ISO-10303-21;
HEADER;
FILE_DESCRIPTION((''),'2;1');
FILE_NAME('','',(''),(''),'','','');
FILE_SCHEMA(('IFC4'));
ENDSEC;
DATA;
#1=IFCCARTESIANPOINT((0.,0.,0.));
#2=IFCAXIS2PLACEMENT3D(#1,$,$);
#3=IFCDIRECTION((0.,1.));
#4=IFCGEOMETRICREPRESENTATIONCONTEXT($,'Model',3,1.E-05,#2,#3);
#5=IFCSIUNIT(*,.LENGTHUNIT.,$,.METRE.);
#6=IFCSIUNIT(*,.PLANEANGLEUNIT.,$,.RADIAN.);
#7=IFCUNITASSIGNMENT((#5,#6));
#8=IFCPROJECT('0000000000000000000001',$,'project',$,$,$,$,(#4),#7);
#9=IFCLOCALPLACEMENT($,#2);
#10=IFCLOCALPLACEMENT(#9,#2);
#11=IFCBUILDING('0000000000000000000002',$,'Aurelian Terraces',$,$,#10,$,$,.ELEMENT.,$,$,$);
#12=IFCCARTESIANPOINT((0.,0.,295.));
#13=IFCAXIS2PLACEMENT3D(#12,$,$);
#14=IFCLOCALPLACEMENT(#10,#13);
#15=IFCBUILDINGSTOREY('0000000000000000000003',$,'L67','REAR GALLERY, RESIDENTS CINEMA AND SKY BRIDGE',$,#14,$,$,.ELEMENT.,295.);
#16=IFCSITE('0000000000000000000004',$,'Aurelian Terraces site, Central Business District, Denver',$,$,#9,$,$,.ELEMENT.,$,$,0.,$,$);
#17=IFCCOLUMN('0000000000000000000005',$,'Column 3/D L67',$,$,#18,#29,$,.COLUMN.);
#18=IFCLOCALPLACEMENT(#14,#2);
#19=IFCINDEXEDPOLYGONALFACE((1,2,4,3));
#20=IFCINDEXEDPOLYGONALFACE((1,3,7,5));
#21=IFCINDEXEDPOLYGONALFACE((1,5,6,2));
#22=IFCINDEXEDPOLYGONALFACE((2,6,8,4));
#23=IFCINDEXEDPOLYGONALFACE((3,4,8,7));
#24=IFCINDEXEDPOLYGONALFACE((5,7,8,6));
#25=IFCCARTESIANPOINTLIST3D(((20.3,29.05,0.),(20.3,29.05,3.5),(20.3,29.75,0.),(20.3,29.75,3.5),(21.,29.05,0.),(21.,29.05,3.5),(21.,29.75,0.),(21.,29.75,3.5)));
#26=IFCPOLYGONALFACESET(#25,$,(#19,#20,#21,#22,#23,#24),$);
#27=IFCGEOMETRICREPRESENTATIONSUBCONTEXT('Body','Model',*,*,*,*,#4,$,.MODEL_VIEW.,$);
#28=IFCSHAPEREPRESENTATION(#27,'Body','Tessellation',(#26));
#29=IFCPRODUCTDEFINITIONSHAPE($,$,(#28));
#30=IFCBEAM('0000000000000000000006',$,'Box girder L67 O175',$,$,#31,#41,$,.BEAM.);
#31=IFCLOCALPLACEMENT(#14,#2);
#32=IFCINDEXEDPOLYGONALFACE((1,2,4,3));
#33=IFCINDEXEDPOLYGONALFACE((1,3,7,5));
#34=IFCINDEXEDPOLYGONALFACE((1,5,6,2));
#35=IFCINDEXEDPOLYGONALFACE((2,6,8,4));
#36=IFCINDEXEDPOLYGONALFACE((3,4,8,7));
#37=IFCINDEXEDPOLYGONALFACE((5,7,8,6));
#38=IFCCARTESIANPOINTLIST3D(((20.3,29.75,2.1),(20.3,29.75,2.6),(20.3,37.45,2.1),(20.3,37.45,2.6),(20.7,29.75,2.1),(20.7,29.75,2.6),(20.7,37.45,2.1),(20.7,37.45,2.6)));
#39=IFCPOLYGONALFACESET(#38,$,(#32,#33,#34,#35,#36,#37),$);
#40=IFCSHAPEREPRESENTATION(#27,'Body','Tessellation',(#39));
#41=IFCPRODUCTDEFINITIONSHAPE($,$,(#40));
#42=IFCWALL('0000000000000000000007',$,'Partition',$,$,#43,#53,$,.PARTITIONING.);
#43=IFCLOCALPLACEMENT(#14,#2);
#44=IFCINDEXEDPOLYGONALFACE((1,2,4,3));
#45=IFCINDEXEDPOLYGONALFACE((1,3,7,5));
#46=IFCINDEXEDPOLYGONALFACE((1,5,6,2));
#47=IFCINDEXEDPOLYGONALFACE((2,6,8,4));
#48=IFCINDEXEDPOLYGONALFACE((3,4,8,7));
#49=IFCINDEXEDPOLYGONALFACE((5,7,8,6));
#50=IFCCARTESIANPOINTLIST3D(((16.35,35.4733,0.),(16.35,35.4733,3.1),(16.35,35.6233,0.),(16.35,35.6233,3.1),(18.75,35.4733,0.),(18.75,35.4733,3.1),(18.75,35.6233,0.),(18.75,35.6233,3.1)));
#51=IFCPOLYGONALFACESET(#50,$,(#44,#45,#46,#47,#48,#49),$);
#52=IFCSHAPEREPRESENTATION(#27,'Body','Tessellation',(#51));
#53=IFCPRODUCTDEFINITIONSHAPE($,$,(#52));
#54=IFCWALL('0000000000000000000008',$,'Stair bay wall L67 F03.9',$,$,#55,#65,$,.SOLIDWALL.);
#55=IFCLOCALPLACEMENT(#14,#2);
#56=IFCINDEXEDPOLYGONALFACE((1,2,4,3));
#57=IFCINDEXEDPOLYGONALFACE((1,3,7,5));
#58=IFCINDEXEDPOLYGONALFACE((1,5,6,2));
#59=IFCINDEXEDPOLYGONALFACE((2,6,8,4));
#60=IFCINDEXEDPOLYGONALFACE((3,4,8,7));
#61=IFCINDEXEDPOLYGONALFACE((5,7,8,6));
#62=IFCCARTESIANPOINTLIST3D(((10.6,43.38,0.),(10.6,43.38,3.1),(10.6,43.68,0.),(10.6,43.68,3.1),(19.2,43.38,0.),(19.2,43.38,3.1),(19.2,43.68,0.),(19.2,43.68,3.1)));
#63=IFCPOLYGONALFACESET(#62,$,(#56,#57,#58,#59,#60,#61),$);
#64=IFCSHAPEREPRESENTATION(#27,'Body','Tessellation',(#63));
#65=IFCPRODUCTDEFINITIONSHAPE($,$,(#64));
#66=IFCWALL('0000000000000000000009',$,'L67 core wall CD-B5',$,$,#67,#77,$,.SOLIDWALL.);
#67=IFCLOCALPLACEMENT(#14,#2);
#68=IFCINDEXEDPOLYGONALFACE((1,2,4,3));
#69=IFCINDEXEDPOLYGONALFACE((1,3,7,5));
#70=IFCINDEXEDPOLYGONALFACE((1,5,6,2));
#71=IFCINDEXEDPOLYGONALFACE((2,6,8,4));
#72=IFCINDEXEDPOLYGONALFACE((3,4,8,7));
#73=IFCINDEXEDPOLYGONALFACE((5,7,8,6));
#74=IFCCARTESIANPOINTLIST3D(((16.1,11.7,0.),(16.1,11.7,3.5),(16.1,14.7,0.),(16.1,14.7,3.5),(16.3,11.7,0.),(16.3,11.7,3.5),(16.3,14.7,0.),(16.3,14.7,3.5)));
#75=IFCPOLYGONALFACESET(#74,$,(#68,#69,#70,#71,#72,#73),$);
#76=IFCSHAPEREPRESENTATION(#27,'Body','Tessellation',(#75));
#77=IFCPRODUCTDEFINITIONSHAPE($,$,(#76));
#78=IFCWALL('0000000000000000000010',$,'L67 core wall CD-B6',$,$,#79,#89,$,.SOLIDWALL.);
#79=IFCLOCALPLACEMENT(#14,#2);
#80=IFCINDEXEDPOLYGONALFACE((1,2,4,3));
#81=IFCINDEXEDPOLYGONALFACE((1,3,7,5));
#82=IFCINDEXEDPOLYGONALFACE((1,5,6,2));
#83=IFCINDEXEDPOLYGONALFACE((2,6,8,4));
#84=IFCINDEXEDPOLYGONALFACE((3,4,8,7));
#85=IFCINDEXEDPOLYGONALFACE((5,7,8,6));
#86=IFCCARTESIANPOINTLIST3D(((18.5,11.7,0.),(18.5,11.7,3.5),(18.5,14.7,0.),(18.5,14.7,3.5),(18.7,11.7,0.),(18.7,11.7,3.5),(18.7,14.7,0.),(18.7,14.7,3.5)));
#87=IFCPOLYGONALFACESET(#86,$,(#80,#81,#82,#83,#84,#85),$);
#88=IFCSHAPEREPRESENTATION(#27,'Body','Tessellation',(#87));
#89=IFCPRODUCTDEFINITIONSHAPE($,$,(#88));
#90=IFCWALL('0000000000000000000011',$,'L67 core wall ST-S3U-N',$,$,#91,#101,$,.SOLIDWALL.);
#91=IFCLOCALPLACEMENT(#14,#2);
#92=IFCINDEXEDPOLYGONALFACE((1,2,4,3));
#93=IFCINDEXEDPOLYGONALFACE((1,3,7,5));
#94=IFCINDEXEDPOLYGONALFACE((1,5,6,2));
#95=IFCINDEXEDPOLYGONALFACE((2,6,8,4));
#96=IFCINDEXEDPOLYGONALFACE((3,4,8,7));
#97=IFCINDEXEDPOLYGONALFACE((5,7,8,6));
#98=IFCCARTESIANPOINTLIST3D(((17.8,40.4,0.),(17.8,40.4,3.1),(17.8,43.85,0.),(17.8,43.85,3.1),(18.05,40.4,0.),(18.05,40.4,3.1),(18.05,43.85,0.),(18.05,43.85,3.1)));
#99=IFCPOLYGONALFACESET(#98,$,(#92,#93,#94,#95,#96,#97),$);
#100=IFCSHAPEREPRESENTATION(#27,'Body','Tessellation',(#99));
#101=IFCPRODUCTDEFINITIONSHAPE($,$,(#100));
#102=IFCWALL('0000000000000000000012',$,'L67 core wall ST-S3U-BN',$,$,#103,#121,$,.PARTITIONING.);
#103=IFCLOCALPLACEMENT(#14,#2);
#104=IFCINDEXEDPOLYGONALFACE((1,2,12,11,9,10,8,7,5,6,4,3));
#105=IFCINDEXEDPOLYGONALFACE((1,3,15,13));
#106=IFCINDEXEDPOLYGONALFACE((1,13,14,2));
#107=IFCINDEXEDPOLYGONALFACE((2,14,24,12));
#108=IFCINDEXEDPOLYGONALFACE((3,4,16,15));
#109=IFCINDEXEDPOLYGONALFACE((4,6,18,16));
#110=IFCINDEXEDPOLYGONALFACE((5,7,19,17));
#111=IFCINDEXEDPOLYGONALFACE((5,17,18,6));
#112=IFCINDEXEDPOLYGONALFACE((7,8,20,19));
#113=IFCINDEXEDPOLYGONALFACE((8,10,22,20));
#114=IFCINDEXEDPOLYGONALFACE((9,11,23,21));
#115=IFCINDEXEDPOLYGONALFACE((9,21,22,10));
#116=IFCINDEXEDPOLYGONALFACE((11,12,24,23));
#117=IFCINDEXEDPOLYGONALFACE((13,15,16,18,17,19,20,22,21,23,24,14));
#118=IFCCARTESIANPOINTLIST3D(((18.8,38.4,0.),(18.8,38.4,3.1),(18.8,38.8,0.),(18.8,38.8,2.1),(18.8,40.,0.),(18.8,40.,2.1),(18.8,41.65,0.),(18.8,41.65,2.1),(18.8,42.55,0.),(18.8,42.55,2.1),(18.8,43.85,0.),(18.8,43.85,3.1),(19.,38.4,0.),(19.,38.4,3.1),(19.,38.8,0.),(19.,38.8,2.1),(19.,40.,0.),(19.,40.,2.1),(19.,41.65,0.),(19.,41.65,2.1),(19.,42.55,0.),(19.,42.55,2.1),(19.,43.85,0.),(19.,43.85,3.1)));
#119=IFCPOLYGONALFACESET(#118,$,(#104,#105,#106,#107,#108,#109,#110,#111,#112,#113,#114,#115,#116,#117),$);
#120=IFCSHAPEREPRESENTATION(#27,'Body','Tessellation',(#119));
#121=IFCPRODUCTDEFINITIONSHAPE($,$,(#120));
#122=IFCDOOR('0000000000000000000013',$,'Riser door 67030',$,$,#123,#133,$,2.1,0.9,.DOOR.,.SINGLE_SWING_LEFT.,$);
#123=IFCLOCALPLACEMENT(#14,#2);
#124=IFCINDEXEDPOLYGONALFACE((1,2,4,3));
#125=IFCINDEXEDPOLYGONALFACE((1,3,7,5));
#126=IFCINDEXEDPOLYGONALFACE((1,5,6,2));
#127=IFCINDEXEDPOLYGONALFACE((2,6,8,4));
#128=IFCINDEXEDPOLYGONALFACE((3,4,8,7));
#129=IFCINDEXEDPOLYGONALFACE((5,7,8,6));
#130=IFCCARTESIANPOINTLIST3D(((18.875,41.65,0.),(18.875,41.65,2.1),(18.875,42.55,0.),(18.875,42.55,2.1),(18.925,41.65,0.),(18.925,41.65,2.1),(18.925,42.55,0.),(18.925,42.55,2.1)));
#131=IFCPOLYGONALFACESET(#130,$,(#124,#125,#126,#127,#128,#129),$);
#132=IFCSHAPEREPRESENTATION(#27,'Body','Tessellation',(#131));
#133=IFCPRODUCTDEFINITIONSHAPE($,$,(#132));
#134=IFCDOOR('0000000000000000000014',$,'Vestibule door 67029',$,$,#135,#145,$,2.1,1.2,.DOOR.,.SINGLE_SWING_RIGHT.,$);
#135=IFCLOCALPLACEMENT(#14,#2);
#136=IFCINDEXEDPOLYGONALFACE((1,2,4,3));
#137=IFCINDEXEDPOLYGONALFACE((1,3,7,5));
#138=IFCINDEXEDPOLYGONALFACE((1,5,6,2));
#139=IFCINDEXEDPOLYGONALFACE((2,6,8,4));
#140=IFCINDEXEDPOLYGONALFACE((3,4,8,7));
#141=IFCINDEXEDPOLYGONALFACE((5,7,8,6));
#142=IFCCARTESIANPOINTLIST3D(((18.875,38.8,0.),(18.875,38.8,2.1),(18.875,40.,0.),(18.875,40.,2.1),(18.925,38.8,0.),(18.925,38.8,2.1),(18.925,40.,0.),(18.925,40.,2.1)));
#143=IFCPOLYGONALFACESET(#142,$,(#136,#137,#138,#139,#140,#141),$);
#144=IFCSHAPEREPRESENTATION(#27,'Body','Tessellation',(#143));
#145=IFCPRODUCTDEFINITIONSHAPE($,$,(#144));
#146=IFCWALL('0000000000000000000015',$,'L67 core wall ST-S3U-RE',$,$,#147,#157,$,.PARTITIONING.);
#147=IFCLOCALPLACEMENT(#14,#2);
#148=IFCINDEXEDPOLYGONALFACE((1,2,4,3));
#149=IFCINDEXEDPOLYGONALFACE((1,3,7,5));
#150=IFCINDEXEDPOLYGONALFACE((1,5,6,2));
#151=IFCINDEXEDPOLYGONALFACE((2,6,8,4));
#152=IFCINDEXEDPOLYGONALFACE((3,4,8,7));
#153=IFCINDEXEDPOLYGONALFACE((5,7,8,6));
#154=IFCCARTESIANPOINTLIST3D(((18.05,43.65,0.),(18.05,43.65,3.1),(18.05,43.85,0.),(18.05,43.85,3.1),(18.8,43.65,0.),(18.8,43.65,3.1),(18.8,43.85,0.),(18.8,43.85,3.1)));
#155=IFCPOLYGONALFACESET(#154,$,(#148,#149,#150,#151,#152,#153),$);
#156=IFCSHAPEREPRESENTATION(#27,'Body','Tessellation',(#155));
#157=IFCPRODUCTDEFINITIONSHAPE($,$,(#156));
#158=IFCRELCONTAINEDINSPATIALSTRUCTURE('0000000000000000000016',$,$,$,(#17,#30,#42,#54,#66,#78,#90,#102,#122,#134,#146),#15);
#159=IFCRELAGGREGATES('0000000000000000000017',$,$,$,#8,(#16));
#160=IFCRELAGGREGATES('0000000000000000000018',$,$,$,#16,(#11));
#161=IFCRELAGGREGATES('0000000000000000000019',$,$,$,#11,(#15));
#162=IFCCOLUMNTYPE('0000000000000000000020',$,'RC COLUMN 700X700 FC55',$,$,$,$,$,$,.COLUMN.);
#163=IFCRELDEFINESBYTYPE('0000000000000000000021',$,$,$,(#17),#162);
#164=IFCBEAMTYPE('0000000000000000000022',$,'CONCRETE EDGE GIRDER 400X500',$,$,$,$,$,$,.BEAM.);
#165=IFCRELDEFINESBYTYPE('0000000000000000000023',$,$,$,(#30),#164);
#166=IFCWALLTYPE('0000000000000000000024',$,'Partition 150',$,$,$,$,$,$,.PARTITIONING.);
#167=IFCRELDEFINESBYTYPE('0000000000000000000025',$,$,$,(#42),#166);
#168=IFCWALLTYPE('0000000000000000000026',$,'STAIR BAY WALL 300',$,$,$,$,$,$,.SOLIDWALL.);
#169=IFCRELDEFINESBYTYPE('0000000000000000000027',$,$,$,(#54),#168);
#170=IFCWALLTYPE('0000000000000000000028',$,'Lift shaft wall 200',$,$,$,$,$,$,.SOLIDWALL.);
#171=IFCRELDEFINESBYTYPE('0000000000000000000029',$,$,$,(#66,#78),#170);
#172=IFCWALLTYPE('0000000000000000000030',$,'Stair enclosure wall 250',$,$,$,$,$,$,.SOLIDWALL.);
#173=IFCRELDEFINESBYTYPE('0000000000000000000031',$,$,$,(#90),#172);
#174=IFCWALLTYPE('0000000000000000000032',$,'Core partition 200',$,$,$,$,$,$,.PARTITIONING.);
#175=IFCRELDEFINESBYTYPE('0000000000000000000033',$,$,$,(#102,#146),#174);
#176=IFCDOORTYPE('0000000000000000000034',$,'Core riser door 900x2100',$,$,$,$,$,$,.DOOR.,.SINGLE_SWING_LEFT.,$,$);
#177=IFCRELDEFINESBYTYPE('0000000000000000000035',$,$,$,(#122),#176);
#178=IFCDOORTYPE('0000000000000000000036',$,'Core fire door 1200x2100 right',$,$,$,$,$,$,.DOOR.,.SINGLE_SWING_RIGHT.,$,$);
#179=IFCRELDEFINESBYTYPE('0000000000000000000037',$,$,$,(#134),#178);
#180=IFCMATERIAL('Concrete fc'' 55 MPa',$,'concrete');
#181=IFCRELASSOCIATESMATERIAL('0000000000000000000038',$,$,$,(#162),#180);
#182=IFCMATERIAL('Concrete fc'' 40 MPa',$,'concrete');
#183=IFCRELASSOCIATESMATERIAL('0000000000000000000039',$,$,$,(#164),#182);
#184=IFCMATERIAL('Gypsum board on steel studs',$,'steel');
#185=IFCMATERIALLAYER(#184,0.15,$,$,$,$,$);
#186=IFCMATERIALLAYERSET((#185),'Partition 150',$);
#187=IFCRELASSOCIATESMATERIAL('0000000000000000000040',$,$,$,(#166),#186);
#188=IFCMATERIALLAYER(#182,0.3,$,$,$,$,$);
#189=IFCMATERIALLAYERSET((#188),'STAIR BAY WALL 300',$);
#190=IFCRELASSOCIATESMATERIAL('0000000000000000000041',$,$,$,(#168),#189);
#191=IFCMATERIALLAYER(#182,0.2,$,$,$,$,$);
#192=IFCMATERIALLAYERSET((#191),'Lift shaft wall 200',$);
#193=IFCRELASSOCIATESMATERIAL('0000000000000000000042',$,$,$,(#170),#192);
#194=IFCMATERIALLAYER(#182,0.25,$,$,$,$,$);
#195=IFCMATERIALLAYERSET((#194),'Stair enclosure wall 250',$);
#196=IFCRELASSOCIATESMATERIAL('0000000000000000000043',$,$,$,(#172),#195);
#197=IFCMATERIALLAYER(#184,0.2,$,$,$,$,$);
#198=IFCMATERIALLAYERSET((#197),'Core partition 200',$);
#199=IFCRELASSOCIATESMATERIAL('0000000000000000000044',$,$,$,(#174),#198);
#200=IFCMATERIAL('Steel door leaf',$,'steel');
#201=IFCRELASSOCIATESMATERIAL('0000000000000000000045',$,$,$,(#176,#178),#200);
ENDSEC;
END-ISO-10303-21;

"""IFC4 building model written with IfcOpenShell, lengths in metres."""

from ifc_helpers import new_model, si_unit, direction, frame, frame_2d, origin, origin_2d, place, context, subcontext, project, spatial, rectangle, extrude, source, transform, mapped, material, layer, layer_set, material_profile, profile_set, type_object, element, fill, save


model = new_model("IFC4")

# Units and contexts
model_context = context("Model", 3, precision=1e-05, world=origin(), true_north=direction((0.0, 1.0)))
body_context = subcontext(model_context, "Body", "Model", "MODEL_VIEW")
ifc_project = project(units=[si_unit("LENGTHUNIT", "METRE"), si_unit("PLANEANGLEUNIT", "RADIAN")], contexts=[model_context])

# Site, building, storey
site_placement = place(None, origin())
site = spatial("IfcSite", under=ifc_project, at=site_placement, Name="Aurelian Terraces site, Central Business District, Denver", CompositionType="ELEMENT", RefElevation=0.0)
building_placement = place(site_placement, origin())
building = spatial("IfcBuilding", under=site, at=building_placement, Name="Aurelian Terraces", CompositionType="ELEMENT")
storey_placement = place(building_placement, frame((0.0, 0.0, 295.0)))
storey = spatial("IfcBuildingStorey", under=building, at=storey_placement, Name="L67", Description="REAR GALLERY, RESIDENTS CINEMA AND SKY BRIDGE", CompositionType="ELEMENT", Elevation=295.0)

# Column
ifc_material_1 = material(Name="Concrete fc' 55 MPa", Category="concrete")
ifc_material_profile_1 = material_profile(ifc_material_1, rectangle(XDim=0.7, YDim=0.7, at=origin_2d()))
ifc_profile_set_1 = profile_set([ifc_material_profile_1], Name="Concrete fc' 55 MPa")
column_type = type_object("IfcColumnType", Name="RC COLUMN 700X700 FC55", PredefinedType="COLUMN", material=ifc_profile_set_1)
shared_shape_1 = source(origin(), body_context, "Body", "SweptSolid", [
    extrude(rectangle(XDim=0.7, YDim=0.7, at=origin_2d()), origin(), (0.0, 0.0, 1.0), 3.5),
])
column_placement = place(storey_placement, frame((20.65, 29.4, 0.0), z_axis=(0.0, 0.0, 1.0), x_axis=(1.0, 0.0, 0.0)))
element("IfcColumn", 1, at=column_placement, inside=storey, type_object=column_type, Name="Column 3/D L67", PredefinedType="COLUMN", context=body_context, shape_type="MappedRepresentation", body=[
    mapped(shared_shape_1, transform((0.0, 0.0, 0.0), scale=1.0)),
])

# Beam
ifc_material_2 = material(Name="Concrete fc' 40 MPa", Category="concrete")
ifc_material_profile_2 = material_profile(ifc_material_2, rectangle(XDim=0.4, YDim=0.5, at=origin_2d()))
ifc_profile_set_2 = profile_set([ifc_material_profile_2], Name="Concrete fc' 40 MPa")
beam_type = type_object("IfcBeamType", Name="CONCRETE EDGE GIRDER 400X500", PredefinedType="BEAM", material=ifc_profile_set_2)
shared_shape_2 = source(origin(), body_context, "Body", "SweptSolid", [
    extrude(rectangle(XDim=0.4, YDim=0.5, at=origin_2d()), origin(), (0.0, 0.0, 1.0), 7.7),
])
beam_placement = place(storey_placement, frame((20.5, 29.75, 2.35), z_axis=(0.0, 1.0, 0.0), x_axis=(-1.0, 0.0, 0.0)))
element("IfcBeam", 2, at=beam_placement, inside=storey, type_object=beam_type, Name="Box girder L67 O175", PredefinedType="BEAM", context=body_context, shape_type="MappedRepresentation", body=[
    mapped(shared_shape_2, transform((0.0, 0.0, 0.0), scale=1.0)),
])

# Walls
ifc_material_3 = material(Name="Gypsum board on steel studs", Category="steel")
ifc_layer_1 = layer(ifc_material_3, 0.15)
ifc_layer_set_1 = layer_set([ifc_layer_1], Name="Partition 150")
wall_type_1 = type_object("IfcWallType", Name="Partition 150", PredefinedType="PARTITIONING", material=ifc_layer_set_1)
wall_1_placement = place(storey_placement, frame((18.75, 35.5483, 0.0), z_axis=(0.0, 0.0, 1.0), x_axis=(-1.0, 0.0, 0.0)))
element("IfcWall", 3, at=wall_1_placement, inside=storey, type_object=wall_type_1, Name="Partition", PredefinedType="PARTITIONING", context=body_context, shape_type="SweptSolid", body=[
    extrude(rectangle(XDim=2.4, YDim=0.15, at=frame_2d((1.2, 0.0))), origin(), (0.0, 0.0, 1.0), 3.1),
])
ifc_layer_2 = layer(ifc_material_2, 0.3)
ifc_layer_set_2 = layer_set([ifc_layer_2], Name="STAIR BAY WALL 300")
wall_type_2 = type_object("IfcWallType", Name="STAIR BAY WALL 300", PredefinedType="SOLIDWALL", material=ifc_layer_set_2)
shared_shape_3 = source(origin(), body_context, "Body", "SweptSolid", [
    extrude(rectangle(XDim=8.6, YDim=0.3, at=frame_2d((4.3, 0.0))), origin(), (0.0, 0.0, 1.0), 3.1),
])
wall_2_placement = place(storey_placement, frame((19.2, 43.53, 0.0), z_axis=(0.0, 0.0, 1.0), x_axis=(-1.0, 0.0, 0.0)))
element("IfcWall", 4, at=wall_2_placement, inside=storey, type_object=wall_type_2, Name="Stair bay wall L67 F03.9", PredefinedType="SOLIDWALL", context=body_context, shape_type="MappedRepresentation", body=[
    mapped(shared_shape_3, transform((0.0, 0.0, 0.0), scale=1.0)),
])
ifc_layer_3 = layer(ifc_material_2, 0.2)
ifc_layer_set_3 = layer_set([ifc_layer_3], Name="Lift shaft wall 200")
wall_type_3 = type_object("IfcWallType", Name="Lift shaft wall 200", PredefinedType="SOLIDWALL", material=ifc_layer_set_3)
shared_shape_4 = source(origin(), body_context, "Body", "SweptSolid", [
    extrude(rectangle(XDim=3.0, YDim=0.2, at=frame_2d((1.5, 0.0))), origin(), (0.0, 0.0, 1.0), 3.5),
])
for number, where, z_axis, x_axis, name in (
    (5, (16.2, 11.7, 0.0), (0.0, 0.0, 1.0), (0.0, 1.0, 0.0), "L67 core wall CD-B5"),
    (6, (18.6, 11.7, 0.0), (0.0, 0.0, 1.0), (0.0, 1.0, 0.0), "L67 core wall CD-B6"),
):
    element("IfcWall", number, at=place(storey_placement, frame(where, z_axis=z_axis, x_axis=x_axis)), inside=storey, type_object=wall_type_3, Name=name, PredefinedType="SOLIDWALL", context=body_context, shape_type="MappedRepresentation", body=[
        mapped(shared_shape_4, transform((0.0, 0.0, 0.0), scale=1.0)),
    ])
ifc_layer_4 = layer(ifc_material_2, 0.25)
ifc_layer_set_4 = layer_set([ifc_layer_4], Name="Stair enclosure wall 250")
wall_type_4 = type_object("IfcWallType", Name="Stair enclosure wall 250", PredefinedType="SOLIDWALL", material=ifc_layer_set_4)
shared_shape_5 = source(origin(), body_context, "Body", "SweptSolid", [
    extrude(rectangle(XDim=3.45, YDim=0.25, at=frame_2d((1.725, 0.0))), origin(), (0.0, 0.0, 1.0), 3.1),
])
wall_3_placement = place(storey_placement, frame((17.925, 40.4, 0.0), z_axis=(0.0, 0.0, 1.0), x_axis=(0.0, 1.0, 0.0)))
element("IfcWall", 7, at=wall_3_placement, inside=storey, type_object=wall_type_4, Name="L67 core wall ST-S3U-N", PredefinedType="SOLIDWALL", context=body_context, shape_type="MappedRepresentation", body=[
    mapped(shared_shape_5, transform((0.0, 0.0, 0.0), scale=1.0)),
])

# Wall, openings, doors
ifc_layer_5 = layer(ifc_material_3, 0.2)
ifc_layer_set_5 = layer_set([ifc_layer_5], Name="Core partition 200")
wall_type_5 = type_object("IfcWallType", Name="Core partition 200", PredefinedType="PARTITIONING", material=ifc_layer_set_5)
shared_shape_6 = source(origin(), body_context, "Body", "SweptSolid", [
    extrude(rectangle(XDim=5.45, YDim=0.2, at=frame_2d((2.725, 0.0))), origin(), (0.0, 0.0, 1.0), 3.1),
])
wall_4_placement = place(storey_placement, frame((18.9, 38.4, 0.0), z_axis=(0.0, 0.0, 1.0), x_axis=(0.0, 1.0, 0.0)))
wall_4 = element("IfcWall", 8, at=wall_4_placement, inside=storey, type_object=wall_type_5, Name="L67 core wall ST-S3U-BN", PredefinedType="PARTITIONING", context=body_context, shape_type="MappedRepresentation", body=[
    mapped(shared_shape_6, transform((0.0, 0.0, 0.0), scale=1.0)),
])
shared_shape_7 = source(origin(), body_context, "Body", "SweptSolid", [
    extrude(rectangle(XDim=1.2, YDim=2.1, at=frame_2d((0.6, 1.05))), frame((0.0, 0.11, 0.0), z_axis=(0.0, -1.0, 0.0), x_axis=(1.0, 0.0, 0.0)), (0.0, 0.0, 1.0), 0.22),
])
opening_1_placement = place(wall_4_placement, frame((0.4, 0.0, 0.0)))
opening_1 = element("IfcOpeningElement", 9, at=opening_1_placement, cuts=wall_4, PredefinedType="OPENING", context=body_context, shape_type="MappedRepresentation", body=[
    mapped(shared_shape_7, transform((0.0, 0.0, 0.0), scale=1.0)),
])
shared_shape_8 = source(origin(), body_context, "Body", "SweptSolid", [
    extrude(rectangle(XDim=0.9, YDim=2.1, at=frame_2d((0.45, 1.05))), frame((0.0, 0.11, 0.0), z_axis=(0.0, -1.0, 0.0), x_axis=(1.0, 0.0, 0.0)), (0.0, 0.0, 1.0), 0.22),
])
opening_2_placement = place(wall_4_placement, frame((3.25, 0.0, 0.0)))
opening_2 = element("IfcOpeningElement", 10, at=opening_2_placement, cuts=wall_4, PredefinedType="OPENING", context=body_context, shape_type="MappedRepresentation", body=[
    mapped(shared_shape_8, transform((0.0, 0.0, 0.0), scale=1.0)),
])
ifc_material_4 = material(Name="Steel door leaf", Category="steel")
door_type_1 = type_object("IfcDoorType", Name="Core riser door 900x2100", OperationType="SINGLE_SWING_LEFT", PredefinedType="DOOR", material=ifc_material_4)
shared_shape_9 = source(origin(), body_context, "Body", "SweptSolid", [
    extrude(rectangle(XDim=0.9, YDim=2.1, at=frame_2d((0.45, 1.05))), frame((0.0, 0.025, 0.0), z_axis=(0.0, -1.0, 0.0), x_axis=(1.0, 0.0, 0.0)), (0.0, 0.0, 1.0), 0.05),
])
door_1_placement = place(opening_2_placement, origin())
door_1 = element("IfcDoor", 11, at=door_1_placement, inside=storey, type_object=door_type_1, Name="Riser door 67030", OperationType="SINGLE_SWING_LEFT", OverallHeight=2.1, OverallWidth=0.9, PredefinedType="DOOR", context=body_context, shape_type="MappedRepresentation", body=[
    mapped(shared_shape_9, transform((0.0, 0.0, 0.0), scale=1.0)),
])
fill(opening_2, door_1)
door_type_2 = type_object("IfcDoorType", Name="Core fire door 1200x2100 right", OperationType="SINGLE_SWING_RIGHT", PredefinedType="DOOR", material=ifc_material_4)
shared_shape_10 = source(origin(), body_context, "Body", "SweptSolid", [
    extrude(rectangle(XDim=1.2, YDim=2.1, at=frame_2d((0.6, 1.05))), frame((0.0, 0.025, 0.0), z_axis=(0.0, -1.0, 0.0), x_axis=(1.0, 0.0, 0.0)), (0.0, 0.0, 1.0), 0.05),
])
door_2_placement = place(opening_1_placement, origin())
door_2 = element("IfcDoor", 12, at=door_2_placement, inside=storey, type_object=door_type_2, Name="Vestibule door 67029", OperationType="SINGLE_SWING_RIGHT", OverallHeight=2.1, OverallWidth=1.2, PredefinedType="DOOR", context=body_context, shape_type="MappedRepresentation", body=[
    mapped(shared_shape_10, transform((0.0, 0.0, 0.0), scale=1.0)),
])
fill(opening_1, door_2)

# Wall
shared_shape_11 = source(origin(), body_context, "Body", "SweptSolid", [
    extrude(rectangle(XDim=0.75, YDim=0.2, at=frame_2d((0.375, 0.0))), origin(), (0.0, 0.0, 1.0), 3.1),
])
wall_5_placement = place(storey_placement, frame((18.05, 43.75, 0.0), z_axis=(0.0, 0.0, 1.0), x_axis=(1.0, 0.0, 0.0)))
element("IfcWall", 13, at=wall_5_placement, inside=storey, type_object=wall_type_5, Name="L67 core wall ST-S3U-RE", PredefinedType="PARTITIONING", context=body_context, shape_type="MappedRepresentation", body=[
    mapped(shared_shape_11, transform((0.0, 0.0, 0.0), scale=1.0)),
])

save(model, "model.ifc")
